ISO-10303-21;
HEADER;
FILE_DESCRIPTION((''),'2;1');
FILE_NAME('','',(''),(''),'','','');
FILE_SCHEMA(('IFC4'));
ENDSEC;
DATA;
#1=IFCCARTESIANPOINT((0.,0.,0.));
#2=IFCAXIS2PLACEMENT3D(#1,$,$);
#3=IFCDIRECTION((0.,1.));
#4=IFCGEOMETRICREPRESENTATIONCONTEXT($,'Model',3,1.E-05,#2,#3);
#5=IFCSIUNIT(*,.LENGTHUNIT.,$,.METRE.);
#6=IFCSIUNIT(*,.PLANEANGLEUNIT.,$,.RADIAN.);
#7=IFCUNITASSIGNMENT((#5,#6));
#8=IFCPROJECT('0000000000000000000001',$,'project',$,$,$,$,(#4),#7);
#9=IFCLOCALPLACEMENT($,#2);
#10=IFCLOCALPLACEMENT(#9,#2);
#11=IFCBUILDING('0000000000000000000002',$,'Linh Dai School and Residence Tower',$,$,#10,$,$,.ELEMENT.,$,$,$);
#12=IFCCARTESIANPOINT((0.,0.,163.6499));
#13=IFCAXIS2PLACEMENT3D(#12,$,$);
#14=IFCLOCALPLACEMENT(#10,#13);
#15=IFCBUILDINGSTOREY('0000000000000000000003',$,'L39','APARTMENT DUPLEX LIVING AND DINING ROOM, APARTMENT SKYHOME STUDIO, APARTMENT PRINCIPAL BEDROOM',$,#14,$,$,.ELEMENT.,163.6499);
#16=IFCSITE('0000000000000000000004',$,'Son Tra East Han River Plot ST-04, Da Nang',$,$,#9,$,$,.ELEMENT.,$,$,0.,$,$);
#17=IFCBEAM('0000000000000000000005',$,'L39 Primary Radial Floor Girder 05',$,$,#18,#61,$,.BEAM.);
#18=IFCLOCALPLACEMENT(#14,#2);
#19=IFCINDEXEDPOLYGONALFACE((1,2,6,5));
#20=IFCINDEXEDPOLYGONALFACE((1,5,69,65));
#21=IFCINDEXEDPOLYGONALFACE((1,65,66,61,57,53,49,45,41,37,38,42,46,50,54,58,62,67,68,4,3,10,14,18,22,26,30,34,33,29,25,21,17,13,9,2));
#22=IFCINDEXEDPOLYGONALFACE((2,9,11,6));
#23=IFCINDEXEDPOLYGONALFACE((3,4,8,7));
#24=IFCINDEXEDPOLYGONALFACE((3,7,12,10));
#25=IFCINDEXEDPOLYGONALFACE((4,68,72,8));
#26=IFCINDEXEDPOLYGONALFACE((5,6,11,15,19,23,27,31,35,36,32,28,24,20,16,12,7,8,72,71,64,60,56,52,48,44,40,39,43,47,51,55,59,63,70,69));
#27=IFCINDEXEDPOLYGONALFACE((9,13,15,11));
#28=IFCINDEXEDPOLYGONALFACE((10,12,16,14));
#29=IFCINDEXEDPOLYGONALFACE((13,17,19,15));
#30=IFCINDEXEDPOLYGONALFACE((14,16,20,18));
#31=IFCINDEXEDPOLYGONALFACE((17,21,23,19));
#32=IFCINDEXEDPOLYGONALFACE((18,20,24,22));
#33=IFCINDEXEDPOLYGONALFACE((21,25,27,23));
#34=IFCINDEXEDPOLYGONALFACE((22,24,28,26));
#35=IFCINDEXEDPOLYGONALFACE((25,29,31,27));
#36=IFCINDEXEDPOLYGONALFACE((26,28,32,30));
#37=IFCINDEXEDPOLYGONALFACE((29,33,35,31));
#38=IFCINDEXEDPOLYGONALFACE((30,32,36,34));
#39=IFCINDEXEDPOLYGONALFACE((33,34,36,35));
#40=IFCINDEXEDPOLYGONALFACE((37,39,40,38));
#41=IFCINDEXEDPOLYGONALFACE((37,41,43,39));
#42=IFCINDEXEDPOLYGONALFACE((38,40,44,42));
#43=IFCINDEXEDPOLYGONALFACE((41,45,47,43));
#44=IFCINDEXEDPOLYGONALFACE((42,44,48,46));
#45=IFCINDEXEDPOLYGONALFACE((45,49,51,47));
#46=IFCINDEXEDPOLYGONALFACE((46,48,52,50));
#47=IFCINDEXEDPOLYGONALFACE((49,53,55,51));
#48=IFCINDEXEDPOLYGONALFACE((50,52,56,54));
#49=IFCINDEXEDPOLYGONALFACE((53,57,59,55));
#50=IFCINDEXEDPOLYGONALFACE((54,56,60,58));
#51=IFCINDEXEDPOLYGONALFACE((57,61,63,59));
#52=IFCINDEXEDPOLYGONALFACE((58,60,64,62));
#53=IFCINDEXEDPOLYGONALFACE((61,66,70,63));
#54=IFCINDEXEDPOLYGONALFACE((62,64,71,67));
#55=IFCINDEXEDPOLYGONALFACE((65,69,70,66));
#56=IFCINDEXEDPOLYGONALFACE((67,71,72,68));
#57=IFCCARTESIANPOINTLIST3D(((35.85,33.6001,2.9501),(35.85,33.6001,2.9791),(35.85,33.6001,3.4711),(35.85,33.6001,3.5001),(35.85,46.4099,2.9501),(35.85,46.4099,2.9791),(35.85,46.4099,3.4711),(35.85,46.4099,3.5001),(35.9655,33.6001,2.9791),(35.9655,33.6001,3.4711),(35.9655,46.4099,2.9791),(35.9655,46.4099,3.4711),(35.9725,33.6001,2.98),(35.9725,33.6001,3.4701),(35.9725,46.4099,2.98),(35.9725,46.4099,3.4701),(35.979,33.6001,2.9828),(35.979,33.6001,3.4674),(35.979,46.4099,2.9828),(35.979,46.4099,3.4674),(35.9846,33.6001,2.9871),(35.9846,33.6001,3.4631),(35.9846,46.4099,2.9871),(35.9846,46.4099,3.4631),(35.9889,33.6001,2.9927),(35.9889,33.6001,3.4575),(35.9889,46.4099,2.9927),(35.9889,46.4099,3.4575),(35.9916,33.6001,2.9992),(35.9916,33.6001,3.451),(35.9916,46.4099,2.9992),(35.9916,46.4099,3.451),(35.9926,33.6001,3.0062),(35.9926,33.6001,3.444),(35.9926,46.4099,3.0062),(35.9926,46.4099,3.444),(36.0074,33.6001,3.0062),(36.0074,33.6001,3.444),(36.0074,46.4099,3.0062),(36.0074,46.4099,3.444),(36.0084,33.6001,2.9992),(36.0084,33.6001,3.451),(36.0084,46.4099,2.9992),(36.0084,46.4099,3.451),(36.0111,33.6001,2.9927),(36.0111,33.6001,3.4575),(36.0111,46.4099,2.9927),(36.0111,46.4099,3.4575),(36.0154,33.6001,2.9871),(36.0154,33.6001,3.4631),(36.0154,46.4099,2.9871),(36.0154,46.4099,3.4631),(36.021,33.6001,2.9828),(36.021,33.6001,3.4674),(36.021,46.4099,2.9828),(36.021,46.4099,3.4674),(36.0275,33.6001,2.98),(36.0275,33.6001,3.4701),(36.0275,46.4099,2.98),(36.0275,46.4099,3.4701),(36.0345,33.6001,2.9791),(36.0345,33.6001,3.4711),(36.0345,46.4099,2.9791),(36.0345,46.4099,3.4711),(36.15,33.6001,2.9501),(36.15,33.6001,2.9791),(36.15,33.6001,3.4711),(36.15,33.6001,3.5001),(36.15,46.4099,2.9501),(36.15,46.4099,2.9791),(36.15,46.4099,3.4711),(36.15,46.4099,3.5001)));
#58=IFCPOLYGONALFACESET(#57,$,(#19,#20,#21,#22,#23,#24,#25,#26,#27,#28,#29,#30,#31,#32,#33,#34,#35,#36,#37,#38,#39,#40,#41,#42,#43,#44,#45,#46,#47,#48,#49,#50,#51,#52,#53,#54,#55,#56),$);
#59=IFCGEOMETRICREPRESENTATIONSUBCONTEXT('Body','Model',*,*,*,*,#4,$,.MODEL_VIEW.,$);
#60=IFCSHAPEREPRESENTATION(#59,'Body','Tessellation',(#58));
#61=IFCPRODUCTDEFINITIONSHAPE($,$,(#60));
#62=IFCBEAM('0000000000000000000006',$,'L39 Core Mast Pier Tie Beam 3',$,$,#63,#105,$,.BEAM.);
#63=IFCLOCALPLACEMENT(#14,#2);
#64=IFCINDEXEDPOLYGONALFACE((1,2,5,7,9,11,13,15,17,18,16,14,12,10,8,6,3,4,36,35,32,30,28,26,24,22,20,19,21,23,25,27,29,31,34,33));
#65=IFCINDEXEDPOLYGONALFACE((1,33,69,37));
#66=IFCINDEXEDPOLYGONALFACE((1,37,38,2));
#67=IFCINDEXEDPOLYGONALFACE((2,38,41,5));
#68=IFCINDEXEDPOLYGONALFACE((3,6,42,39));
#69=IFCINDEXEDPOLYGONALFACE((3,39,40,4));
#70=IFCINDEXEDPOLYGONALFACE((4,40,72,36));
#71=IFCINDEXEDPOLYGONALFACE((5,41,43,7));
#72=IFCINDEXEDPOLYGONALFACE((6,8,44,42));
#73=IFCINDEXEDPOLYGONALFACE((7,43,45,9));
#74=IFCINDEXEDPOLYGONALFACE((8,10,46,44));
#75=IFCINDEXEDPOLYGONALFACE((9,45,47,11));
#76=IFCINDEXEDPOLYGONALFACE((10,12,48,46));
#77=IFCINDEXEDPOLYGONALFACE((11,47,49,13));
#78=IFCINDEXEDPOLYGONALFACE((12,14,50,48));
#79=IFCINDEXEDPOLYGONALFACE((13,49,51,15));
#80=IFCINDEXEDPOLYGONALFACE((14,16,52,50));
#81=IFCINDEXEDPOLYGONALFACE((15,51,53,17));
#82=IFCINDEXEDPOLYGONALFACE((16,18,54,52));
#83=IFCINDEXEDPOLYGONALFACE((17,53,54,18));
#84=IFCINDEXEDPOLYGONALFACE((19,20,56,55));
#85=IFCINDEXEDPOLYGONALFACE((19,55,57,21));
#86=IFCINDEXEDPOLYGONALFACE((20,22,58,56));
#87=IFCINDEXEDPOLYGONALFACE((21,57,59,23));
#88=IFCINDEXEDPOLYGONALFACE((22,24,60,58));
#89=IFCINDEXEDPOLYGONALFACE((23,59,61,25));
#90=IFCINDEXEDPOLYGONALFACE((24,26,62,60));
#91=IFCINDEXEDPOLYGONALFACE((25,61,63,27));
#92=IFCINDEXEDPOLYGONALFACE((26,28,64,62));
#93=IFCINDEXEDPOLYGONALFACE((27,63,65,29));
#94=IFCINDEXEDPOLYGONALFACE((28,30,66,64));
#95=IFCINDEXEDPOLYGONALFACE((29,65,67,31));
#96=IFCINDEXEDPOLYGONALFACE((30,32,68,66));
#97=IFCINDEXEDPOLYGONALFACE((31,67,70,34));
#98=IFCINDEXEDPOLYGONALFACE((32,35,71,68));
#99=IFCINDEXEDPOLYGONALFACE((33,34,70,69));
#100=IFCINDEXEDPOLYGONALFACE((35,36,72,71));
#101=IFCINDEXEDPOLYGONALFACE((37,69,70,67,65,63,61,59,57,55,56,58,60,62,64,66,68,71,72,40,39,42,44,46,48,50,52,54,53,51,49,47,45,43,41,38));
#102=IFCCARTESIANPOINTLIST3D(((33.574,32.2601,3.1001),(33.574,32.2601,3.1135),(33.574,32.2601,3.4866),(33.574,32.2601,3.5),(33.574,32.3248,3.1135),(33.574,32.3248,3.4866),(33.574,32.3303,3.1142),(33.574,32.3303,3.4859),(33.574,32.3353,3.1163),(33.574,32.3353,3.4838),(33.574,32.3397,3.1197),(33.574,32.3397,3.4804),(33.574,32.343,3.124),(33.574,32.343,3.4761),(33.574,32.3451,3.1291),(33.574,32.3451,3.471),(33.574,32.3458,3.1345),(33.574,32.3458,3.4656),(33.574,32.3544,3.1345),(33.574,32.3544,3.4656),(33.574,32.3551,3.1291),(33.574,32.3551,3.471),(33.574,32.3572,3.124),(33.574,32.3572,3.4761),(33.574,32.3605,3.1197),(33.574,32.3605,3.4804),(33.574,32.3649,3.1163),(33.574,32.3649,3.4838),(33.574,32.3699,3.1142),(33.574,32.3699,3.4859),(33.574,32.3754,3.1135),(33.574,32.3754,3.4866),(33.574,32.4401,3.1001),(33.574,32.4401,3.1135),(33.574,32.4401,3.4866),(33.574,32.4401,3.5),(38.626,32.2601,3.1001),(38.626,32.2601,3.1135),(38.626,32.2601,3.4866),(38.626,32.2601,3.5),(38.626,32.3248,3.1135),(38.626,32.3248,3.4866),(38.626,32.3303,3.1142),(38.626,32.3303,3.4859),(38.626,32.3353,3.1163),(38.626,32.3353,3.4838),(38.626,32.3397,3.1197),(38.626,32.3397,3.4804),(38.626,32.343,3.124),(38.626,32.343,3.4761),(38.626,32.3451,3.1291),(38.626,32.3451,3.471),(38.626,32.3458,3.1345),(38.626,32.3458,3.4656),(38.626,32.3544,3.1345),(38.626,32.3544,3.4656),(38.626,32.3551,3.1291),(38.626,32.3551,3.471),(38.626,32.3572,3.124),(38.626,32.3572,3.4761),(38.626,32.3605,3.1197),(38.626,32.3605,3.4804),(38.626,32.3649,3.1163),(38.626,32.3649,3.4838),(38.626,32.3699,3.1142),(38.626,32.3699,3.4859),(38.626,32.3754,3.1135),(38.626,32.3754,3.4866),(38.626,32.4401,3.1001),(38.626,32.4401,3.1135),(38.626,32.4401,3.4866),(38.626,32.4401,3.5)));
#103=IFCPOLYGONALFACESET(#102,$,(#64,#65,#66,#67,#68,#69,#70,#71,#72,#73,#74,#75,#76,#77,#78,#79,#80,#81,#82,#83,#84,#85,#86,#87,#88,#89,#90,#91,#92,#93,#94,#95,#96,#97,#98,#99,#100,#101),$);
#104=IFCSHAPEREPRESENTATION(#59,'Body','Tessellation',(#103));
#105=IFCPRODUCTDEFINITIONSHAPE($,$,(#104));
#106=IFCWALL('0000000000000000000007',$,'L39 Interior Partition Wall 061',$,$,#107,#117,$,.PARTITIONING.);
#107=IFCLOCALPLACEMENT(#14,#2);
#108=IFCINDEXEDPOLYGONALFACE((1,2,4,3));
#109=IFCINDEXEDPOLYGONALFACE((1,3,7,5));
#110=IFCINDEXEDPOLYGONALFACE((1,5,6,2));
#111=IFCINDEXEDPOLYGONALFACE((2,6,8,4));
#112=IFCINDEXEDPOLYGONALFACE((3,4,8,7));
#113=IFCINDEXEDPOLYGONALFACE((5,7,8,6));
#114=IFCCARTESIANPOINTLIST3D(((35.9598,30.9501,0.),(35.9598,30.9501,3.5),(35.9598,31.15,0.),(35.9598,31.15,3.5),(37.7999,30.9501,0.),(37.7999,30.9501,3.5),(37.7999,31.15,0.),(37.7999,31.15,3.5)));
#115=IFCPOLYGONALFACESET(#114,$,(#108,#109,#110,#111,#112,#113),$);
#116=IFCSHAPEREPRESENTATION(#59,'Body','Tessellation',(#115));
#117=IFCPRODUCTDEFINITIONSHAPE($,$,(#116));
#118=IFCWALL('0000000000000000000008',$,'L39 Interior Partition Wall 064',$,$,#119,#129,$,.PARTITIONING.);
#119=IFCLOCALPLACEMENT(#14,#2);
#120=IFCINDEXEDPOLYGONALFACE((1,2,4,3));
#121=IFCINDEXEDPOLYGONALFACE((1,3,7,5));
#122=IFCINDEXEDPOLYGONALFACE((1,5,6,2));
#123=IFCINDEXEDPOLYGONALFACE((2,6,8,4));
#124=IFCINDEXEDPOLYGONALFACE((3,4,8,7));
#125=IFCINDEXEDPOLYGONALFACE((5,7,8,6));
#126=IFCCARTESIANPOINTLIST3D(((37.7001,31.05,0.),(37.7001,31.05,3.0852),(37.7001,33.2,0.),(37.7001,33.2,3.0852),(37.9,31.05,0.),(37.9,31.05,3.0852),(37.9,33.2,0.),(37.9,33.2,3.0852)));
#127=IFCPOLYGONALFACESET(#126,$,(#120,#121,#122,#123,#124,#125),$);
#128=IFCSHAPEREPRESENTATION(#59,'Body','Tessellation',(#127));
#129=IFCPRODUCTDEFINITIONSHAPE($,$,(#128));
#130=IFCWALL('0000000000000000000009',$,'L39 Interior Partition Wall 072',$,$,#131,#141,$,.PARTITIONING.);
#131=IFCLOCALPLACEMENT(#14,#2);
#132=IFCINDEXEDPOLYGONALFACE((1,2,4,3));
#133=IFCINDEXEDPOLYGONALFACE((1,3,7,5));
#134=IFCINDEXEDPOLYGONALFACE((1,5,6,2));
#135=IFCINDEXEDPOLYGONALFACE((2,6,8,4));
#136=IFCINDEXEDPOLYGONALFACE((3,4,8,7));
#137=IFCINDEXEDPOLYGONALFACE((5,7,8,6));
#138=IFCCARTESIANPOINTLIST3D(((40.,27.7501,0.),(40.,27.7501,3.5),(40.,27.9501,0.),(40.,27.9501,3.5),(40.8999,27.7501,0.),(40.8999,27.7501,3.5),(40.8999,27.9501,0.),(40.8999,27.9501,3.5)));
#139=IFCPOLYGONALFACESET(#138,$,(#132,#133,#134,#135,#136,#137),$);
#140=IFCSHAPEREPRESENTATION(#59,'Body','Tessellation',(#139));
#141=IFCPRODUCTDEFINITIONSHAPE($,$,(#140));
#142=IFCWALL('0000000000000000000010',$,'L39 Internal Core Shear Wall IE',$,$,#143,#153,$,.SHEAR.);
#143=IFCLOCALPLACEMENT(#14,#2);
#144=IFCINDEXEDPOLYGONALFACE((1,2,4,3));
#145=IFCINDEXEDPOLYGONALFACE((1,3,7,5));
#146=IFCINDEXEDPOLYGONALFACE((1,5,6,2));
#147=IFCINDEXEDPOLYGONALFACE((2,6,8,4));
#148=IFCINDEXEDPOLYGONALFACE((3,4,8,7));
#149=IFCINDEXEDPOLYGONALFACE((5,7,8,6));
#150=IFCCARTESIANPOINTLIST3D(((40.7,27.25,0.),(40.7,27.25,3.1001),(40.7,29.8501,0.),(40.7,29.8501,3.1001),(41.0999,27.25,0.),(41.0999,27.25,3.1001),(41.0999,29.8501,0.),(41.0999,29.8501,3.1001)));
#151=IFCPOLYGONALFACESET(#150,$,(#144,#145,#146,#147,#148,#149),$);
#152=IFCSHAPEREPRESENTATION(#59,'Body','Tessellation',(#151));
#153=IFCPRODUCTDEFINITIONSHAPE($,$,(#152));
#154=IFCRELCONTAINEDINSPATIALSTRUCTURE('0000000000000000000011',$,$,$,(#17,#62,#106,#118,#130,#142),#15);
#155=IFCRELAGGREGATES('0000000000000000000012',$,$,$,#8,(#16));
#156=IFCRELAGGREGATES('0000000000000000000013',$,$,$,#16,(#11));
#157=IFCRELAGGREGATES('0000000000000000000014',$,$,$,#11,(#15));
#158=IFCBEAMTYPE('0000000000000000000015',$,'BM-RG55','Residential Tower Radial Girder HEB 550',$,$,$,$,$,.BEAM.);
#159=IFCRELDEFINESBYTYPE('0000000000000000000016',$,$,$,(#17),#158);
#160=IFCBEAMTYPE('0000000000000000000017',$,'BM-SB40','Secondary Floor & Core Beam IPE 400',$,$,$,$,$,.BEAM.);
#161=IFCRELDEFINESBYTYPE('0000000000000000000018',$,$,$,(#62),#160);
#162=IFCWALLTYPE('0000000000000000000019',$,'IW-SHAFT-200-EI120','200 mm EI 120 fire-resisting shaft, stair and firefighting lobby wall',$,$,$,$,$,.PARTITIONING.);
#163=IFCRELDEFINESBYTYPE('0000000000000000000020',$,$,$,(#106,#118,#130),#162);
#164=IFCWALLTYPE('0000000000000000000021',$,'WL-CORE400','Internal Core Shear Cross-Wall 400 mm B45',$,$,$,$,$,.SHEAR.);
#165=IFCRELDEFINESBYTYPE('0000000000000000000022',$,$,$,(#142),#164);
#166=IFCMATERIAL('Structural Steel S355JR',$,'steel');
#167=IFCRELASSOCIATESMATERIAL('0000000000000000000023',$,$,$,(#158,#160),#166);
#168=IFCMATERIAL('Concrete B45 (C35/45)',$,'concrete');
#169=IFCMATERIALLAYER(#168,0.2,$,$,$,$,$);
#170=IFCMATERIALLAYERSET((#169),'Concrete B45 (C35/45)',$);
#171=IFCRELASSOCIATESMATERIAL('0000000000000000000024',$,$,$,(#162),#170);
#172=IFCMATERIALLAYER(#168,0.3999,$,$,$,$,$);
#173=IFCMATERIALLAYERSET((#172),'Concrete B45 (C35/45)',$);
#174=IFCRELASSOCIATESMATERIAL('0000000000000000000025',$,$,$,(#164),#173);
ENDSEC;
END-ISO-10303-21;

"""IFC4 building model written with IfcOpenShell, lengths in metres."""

from ifc_helpers import new_model, si_unit, direction, frame, frame_2d, origin, origin_2d, place, context, subcontext, project, spatial, rectangle, i_section, extrude, material, layer, layer_set, material_profile, profile_set, type_object, element, save


model = new_model("IFC4")

# Units and contexts
model_context = context("Model", 3, precision=1e-05, world=origin(), true_north=direction((0.0, 1.0)))
body_context = subcontext(model_context, "Body", "Model", "MODEL_VIEW")
ifc_project = project(units=[si_unit("LENGTHUNIT", "METRE"), si_unit("PLANEANGLEUNIT", "RADIAN")], contexts=[model_context])

# Site, building, storey
site_placement = place(None, origin())
site = spatial("IfcSite", under=ifc_project, at=site_placement, Name="Son Tra East Han River Plot ST-04, Da Nang", CompositionType="ELEMENT", RefElevation=0.0)
building_placement = place(site_placement, origin())
building = spatial("IfcBuilding", under=site, at=building_placement, Name="Linh Dai School and Residence Tower", CompositionType="ELEMENT")
storey_placement = place(building_placement, frame((0.0, 0.0, 163.6499)))
storey = spatial("IfcBuildingStorey", under=building, at=storey_placement, Name="L39", Description="APARTMENT DUPLEX LIVING AND DINING ROOM, APARTMENT SKYHOME STUDIO, APARTMENT PRINCIPAL BEDROOM", CompositionType="ELEMENT", Elevation=163.6499)

# Shared definitions
ifc_material_1 = material(Name="Structural Steel S355JR", Category="steel")

# Beams
ifc_material_profile_1 = material_profile(ifc_material_1, i_section(OverallWidth=0.3, OverallDepth=0.55, WebThickness=0.0149, FlangeThickness=0.0291, FilletRadius=0.0271, at=origin_2d()), Name="HEB 550")
ifc_profile_set_1 = profile_set([ifc_material_profile_1], Name="Structural Steel S355JR")
beam_type_1 = type_object("IfcBeamType", Name="BM-RG55", Description="Residential Tower Radial Girder HEB 550", PredefinedType="BEAM", material=ifc_profile_set_1)
beam_1_placement = place(storey_placement, frame((36.0, 33.6001, 3.2251), z_axis=(0.0, 1.0, 0.0), x_axis=(-1.0, 0.0, 0.0)))
element("IfcBeam", 1, at=beam_1_placement, inside=storey, type_object=beam_type_1, Name="L39 Primary Radial Floor Girder 05", PredefinedType="BEAM", context=body_context, shape_type="SweptSolid", body=[
    extrude(i_section(OverallWidth=0.3, OverallDepth=0.55, WebThickness=0.0149, FlangeThickness=0.0291, FilletRadius=0.0271, at=origin_2d()), origin(), (0.0, 0.0, 1.0), 12.8098),
])
ifc_material_profile_2 = material_profile(ifc_material_1, i_section(OverallWidth=0.1799, OverallDepth=0.3999, WebThickness=0.0085, FlangeThickness=0.0134, FilletRadius=0.021, at=origin_2d()), Name="IPE 400")
ifc_profile_set_2 = profile_set([ifc_material_profile_2], Name="Structural Steel S355JR")
beam_type_2 = type_object("IfcBeamType", Name="BM-SB40", Description="Secondary Floor & Core Beam IPE 400", PredefinedType="BEAM", material=ifc_profile_set_2)
beam_2_placement = place(storey_placement, frame((38.626, 32.3501, 3.3), z_axis=(-1.0, 0.0, 0.0), x_axis=(0.0, -1.0, 0.0)))
element("IfcBeam", 2, at=beam_2_placement, inside=storey, type_object=beam_type_2, Name="L39 Core Mast Pier Tie Beam 3", PredefinedType="BEAM", context=body_context, shape_type="SweptSolid", body=[
    extrude(i_section(OverallWidth=0.1799, OverallDepth=0.3999, WebThickness=0.0085, FlangeThickness=0.0134, FilletRadius=0.021, at=origin_2d()), origin(), (0.0, 0.0, 1.0), 5.052),
])

# Shared definitions
ifc_material_2 = material(Name="Concrete B45 (C35/45)", Category="concrete")
ifc_layer_1 = layer(ifc_material_2, 0.2)
ifc_layer_set_1 = layer_set([ifc_layer_1], Name="Concrete B45 (C35/45)")
wall_type_1 = type_object("IfcWallType", Name="IW-SHAFT-200-EI120", Description="200 mm EI 120 fire-resisting shaft, stair and firefighting lobby wall", PredefinedType="PARTITIONING", material=ifc_layer_set_1)

# Walls
wall_1_placement = place(storey_placement, frame((35.96, 31.05, 0.0), z_axis=(0.0, 0.0, 1.0), x_axis=(1.0, 0.0, 0.0)))
element("IfcWall", 3, at=wall_1_placement, inside=storey, type_object=wall_type_1, Name="L39 Interior Partition Wall 061", PredefinedType="PARTITIONING", context=body_context, shape_type="SweptSolid", body=[
    extrude(rectangle(XDim=1.8401, YDim=0.2, at=frame_2d((0.9199, 0.0))), origin(), (0.0, 0.0, 1.0), 3.5),
])
wall_2_placement = place(storey_placement, frame((37.8, 31.05, 0.0), z_axis=(0.0, 0.0, 1.0), x_axis=(0.0, 1.0, 0.0)))
element("IfcWall", 4, at=wall_2_placement, inside=storey, type_object=wall_type_1, Name="L39 Interior Partition Wall 064", PredefinedType="PARTITIONING", context=body_context, shape_type="SweptSolid", body=[
    extrude(rectangle(XDim=2.1499, YDim=0.2, at=frame_2d((1.075, 0.0))), origin(), (0.0, 0.0, 1.0), 3.0852),
])
wall_3_placement = place(storey_placement, frame((40.0, 27.8501, 0.0), z_axis=(0.0, 0.0, 1.0), x_axis=(1.0, 0.0, 0.0)))
element("IfcWall", 5, at=wall_3_placement, inside=storey, type_object=wall_type_1, Name="L39 Interior Partition Wall 072", PredefinedType="PARTITIONING", context=body_context, shape_type="SweptSolid", body=[
    extrude(rectangle(XDim=0.8999, YDim=0.2, at=frame_2d((0.45, 0.0))), origin(), (0.0, 0.0, 1.0), 3.5),
])
ifc_layer_2 = layer(ifc_material_2, 0.3999)
ifc_layer_set_2 = layer_set([ifc_layer_2], Name="Concrete B45 (C35/45)")
wall_type_2 = type_object("IfcWallType", Name="WL-CORE400", Description="Internal Core Shear Cross-Wall 400 mm B45", PredefinedType="SHEAR", material=ifc_layer_set_2)
wall_4_placement = place(storey_placement, frame((40.8999, 27.25, 0.0), z_axis=(0.0, 0.0, 1.0), x_axis=(0.0, 1.0, 0.0)))
element("IfcWall", 6, at=wall_4_placement, inside=storey, type_object=wall_type_2, Name="L39 Internal Core Shear Wall IE", PredefinedType="SHEAR", context=body_context, shape_type="SweptSolid", body=[
    extrude(rectangle(XDim=2.6001, YDim=0.3999, at=frame_2d((1.3, 0.0))), origin(), (0.0, 0.0, 1.0), 3.1001),
])

save(model, "model.ifc")
